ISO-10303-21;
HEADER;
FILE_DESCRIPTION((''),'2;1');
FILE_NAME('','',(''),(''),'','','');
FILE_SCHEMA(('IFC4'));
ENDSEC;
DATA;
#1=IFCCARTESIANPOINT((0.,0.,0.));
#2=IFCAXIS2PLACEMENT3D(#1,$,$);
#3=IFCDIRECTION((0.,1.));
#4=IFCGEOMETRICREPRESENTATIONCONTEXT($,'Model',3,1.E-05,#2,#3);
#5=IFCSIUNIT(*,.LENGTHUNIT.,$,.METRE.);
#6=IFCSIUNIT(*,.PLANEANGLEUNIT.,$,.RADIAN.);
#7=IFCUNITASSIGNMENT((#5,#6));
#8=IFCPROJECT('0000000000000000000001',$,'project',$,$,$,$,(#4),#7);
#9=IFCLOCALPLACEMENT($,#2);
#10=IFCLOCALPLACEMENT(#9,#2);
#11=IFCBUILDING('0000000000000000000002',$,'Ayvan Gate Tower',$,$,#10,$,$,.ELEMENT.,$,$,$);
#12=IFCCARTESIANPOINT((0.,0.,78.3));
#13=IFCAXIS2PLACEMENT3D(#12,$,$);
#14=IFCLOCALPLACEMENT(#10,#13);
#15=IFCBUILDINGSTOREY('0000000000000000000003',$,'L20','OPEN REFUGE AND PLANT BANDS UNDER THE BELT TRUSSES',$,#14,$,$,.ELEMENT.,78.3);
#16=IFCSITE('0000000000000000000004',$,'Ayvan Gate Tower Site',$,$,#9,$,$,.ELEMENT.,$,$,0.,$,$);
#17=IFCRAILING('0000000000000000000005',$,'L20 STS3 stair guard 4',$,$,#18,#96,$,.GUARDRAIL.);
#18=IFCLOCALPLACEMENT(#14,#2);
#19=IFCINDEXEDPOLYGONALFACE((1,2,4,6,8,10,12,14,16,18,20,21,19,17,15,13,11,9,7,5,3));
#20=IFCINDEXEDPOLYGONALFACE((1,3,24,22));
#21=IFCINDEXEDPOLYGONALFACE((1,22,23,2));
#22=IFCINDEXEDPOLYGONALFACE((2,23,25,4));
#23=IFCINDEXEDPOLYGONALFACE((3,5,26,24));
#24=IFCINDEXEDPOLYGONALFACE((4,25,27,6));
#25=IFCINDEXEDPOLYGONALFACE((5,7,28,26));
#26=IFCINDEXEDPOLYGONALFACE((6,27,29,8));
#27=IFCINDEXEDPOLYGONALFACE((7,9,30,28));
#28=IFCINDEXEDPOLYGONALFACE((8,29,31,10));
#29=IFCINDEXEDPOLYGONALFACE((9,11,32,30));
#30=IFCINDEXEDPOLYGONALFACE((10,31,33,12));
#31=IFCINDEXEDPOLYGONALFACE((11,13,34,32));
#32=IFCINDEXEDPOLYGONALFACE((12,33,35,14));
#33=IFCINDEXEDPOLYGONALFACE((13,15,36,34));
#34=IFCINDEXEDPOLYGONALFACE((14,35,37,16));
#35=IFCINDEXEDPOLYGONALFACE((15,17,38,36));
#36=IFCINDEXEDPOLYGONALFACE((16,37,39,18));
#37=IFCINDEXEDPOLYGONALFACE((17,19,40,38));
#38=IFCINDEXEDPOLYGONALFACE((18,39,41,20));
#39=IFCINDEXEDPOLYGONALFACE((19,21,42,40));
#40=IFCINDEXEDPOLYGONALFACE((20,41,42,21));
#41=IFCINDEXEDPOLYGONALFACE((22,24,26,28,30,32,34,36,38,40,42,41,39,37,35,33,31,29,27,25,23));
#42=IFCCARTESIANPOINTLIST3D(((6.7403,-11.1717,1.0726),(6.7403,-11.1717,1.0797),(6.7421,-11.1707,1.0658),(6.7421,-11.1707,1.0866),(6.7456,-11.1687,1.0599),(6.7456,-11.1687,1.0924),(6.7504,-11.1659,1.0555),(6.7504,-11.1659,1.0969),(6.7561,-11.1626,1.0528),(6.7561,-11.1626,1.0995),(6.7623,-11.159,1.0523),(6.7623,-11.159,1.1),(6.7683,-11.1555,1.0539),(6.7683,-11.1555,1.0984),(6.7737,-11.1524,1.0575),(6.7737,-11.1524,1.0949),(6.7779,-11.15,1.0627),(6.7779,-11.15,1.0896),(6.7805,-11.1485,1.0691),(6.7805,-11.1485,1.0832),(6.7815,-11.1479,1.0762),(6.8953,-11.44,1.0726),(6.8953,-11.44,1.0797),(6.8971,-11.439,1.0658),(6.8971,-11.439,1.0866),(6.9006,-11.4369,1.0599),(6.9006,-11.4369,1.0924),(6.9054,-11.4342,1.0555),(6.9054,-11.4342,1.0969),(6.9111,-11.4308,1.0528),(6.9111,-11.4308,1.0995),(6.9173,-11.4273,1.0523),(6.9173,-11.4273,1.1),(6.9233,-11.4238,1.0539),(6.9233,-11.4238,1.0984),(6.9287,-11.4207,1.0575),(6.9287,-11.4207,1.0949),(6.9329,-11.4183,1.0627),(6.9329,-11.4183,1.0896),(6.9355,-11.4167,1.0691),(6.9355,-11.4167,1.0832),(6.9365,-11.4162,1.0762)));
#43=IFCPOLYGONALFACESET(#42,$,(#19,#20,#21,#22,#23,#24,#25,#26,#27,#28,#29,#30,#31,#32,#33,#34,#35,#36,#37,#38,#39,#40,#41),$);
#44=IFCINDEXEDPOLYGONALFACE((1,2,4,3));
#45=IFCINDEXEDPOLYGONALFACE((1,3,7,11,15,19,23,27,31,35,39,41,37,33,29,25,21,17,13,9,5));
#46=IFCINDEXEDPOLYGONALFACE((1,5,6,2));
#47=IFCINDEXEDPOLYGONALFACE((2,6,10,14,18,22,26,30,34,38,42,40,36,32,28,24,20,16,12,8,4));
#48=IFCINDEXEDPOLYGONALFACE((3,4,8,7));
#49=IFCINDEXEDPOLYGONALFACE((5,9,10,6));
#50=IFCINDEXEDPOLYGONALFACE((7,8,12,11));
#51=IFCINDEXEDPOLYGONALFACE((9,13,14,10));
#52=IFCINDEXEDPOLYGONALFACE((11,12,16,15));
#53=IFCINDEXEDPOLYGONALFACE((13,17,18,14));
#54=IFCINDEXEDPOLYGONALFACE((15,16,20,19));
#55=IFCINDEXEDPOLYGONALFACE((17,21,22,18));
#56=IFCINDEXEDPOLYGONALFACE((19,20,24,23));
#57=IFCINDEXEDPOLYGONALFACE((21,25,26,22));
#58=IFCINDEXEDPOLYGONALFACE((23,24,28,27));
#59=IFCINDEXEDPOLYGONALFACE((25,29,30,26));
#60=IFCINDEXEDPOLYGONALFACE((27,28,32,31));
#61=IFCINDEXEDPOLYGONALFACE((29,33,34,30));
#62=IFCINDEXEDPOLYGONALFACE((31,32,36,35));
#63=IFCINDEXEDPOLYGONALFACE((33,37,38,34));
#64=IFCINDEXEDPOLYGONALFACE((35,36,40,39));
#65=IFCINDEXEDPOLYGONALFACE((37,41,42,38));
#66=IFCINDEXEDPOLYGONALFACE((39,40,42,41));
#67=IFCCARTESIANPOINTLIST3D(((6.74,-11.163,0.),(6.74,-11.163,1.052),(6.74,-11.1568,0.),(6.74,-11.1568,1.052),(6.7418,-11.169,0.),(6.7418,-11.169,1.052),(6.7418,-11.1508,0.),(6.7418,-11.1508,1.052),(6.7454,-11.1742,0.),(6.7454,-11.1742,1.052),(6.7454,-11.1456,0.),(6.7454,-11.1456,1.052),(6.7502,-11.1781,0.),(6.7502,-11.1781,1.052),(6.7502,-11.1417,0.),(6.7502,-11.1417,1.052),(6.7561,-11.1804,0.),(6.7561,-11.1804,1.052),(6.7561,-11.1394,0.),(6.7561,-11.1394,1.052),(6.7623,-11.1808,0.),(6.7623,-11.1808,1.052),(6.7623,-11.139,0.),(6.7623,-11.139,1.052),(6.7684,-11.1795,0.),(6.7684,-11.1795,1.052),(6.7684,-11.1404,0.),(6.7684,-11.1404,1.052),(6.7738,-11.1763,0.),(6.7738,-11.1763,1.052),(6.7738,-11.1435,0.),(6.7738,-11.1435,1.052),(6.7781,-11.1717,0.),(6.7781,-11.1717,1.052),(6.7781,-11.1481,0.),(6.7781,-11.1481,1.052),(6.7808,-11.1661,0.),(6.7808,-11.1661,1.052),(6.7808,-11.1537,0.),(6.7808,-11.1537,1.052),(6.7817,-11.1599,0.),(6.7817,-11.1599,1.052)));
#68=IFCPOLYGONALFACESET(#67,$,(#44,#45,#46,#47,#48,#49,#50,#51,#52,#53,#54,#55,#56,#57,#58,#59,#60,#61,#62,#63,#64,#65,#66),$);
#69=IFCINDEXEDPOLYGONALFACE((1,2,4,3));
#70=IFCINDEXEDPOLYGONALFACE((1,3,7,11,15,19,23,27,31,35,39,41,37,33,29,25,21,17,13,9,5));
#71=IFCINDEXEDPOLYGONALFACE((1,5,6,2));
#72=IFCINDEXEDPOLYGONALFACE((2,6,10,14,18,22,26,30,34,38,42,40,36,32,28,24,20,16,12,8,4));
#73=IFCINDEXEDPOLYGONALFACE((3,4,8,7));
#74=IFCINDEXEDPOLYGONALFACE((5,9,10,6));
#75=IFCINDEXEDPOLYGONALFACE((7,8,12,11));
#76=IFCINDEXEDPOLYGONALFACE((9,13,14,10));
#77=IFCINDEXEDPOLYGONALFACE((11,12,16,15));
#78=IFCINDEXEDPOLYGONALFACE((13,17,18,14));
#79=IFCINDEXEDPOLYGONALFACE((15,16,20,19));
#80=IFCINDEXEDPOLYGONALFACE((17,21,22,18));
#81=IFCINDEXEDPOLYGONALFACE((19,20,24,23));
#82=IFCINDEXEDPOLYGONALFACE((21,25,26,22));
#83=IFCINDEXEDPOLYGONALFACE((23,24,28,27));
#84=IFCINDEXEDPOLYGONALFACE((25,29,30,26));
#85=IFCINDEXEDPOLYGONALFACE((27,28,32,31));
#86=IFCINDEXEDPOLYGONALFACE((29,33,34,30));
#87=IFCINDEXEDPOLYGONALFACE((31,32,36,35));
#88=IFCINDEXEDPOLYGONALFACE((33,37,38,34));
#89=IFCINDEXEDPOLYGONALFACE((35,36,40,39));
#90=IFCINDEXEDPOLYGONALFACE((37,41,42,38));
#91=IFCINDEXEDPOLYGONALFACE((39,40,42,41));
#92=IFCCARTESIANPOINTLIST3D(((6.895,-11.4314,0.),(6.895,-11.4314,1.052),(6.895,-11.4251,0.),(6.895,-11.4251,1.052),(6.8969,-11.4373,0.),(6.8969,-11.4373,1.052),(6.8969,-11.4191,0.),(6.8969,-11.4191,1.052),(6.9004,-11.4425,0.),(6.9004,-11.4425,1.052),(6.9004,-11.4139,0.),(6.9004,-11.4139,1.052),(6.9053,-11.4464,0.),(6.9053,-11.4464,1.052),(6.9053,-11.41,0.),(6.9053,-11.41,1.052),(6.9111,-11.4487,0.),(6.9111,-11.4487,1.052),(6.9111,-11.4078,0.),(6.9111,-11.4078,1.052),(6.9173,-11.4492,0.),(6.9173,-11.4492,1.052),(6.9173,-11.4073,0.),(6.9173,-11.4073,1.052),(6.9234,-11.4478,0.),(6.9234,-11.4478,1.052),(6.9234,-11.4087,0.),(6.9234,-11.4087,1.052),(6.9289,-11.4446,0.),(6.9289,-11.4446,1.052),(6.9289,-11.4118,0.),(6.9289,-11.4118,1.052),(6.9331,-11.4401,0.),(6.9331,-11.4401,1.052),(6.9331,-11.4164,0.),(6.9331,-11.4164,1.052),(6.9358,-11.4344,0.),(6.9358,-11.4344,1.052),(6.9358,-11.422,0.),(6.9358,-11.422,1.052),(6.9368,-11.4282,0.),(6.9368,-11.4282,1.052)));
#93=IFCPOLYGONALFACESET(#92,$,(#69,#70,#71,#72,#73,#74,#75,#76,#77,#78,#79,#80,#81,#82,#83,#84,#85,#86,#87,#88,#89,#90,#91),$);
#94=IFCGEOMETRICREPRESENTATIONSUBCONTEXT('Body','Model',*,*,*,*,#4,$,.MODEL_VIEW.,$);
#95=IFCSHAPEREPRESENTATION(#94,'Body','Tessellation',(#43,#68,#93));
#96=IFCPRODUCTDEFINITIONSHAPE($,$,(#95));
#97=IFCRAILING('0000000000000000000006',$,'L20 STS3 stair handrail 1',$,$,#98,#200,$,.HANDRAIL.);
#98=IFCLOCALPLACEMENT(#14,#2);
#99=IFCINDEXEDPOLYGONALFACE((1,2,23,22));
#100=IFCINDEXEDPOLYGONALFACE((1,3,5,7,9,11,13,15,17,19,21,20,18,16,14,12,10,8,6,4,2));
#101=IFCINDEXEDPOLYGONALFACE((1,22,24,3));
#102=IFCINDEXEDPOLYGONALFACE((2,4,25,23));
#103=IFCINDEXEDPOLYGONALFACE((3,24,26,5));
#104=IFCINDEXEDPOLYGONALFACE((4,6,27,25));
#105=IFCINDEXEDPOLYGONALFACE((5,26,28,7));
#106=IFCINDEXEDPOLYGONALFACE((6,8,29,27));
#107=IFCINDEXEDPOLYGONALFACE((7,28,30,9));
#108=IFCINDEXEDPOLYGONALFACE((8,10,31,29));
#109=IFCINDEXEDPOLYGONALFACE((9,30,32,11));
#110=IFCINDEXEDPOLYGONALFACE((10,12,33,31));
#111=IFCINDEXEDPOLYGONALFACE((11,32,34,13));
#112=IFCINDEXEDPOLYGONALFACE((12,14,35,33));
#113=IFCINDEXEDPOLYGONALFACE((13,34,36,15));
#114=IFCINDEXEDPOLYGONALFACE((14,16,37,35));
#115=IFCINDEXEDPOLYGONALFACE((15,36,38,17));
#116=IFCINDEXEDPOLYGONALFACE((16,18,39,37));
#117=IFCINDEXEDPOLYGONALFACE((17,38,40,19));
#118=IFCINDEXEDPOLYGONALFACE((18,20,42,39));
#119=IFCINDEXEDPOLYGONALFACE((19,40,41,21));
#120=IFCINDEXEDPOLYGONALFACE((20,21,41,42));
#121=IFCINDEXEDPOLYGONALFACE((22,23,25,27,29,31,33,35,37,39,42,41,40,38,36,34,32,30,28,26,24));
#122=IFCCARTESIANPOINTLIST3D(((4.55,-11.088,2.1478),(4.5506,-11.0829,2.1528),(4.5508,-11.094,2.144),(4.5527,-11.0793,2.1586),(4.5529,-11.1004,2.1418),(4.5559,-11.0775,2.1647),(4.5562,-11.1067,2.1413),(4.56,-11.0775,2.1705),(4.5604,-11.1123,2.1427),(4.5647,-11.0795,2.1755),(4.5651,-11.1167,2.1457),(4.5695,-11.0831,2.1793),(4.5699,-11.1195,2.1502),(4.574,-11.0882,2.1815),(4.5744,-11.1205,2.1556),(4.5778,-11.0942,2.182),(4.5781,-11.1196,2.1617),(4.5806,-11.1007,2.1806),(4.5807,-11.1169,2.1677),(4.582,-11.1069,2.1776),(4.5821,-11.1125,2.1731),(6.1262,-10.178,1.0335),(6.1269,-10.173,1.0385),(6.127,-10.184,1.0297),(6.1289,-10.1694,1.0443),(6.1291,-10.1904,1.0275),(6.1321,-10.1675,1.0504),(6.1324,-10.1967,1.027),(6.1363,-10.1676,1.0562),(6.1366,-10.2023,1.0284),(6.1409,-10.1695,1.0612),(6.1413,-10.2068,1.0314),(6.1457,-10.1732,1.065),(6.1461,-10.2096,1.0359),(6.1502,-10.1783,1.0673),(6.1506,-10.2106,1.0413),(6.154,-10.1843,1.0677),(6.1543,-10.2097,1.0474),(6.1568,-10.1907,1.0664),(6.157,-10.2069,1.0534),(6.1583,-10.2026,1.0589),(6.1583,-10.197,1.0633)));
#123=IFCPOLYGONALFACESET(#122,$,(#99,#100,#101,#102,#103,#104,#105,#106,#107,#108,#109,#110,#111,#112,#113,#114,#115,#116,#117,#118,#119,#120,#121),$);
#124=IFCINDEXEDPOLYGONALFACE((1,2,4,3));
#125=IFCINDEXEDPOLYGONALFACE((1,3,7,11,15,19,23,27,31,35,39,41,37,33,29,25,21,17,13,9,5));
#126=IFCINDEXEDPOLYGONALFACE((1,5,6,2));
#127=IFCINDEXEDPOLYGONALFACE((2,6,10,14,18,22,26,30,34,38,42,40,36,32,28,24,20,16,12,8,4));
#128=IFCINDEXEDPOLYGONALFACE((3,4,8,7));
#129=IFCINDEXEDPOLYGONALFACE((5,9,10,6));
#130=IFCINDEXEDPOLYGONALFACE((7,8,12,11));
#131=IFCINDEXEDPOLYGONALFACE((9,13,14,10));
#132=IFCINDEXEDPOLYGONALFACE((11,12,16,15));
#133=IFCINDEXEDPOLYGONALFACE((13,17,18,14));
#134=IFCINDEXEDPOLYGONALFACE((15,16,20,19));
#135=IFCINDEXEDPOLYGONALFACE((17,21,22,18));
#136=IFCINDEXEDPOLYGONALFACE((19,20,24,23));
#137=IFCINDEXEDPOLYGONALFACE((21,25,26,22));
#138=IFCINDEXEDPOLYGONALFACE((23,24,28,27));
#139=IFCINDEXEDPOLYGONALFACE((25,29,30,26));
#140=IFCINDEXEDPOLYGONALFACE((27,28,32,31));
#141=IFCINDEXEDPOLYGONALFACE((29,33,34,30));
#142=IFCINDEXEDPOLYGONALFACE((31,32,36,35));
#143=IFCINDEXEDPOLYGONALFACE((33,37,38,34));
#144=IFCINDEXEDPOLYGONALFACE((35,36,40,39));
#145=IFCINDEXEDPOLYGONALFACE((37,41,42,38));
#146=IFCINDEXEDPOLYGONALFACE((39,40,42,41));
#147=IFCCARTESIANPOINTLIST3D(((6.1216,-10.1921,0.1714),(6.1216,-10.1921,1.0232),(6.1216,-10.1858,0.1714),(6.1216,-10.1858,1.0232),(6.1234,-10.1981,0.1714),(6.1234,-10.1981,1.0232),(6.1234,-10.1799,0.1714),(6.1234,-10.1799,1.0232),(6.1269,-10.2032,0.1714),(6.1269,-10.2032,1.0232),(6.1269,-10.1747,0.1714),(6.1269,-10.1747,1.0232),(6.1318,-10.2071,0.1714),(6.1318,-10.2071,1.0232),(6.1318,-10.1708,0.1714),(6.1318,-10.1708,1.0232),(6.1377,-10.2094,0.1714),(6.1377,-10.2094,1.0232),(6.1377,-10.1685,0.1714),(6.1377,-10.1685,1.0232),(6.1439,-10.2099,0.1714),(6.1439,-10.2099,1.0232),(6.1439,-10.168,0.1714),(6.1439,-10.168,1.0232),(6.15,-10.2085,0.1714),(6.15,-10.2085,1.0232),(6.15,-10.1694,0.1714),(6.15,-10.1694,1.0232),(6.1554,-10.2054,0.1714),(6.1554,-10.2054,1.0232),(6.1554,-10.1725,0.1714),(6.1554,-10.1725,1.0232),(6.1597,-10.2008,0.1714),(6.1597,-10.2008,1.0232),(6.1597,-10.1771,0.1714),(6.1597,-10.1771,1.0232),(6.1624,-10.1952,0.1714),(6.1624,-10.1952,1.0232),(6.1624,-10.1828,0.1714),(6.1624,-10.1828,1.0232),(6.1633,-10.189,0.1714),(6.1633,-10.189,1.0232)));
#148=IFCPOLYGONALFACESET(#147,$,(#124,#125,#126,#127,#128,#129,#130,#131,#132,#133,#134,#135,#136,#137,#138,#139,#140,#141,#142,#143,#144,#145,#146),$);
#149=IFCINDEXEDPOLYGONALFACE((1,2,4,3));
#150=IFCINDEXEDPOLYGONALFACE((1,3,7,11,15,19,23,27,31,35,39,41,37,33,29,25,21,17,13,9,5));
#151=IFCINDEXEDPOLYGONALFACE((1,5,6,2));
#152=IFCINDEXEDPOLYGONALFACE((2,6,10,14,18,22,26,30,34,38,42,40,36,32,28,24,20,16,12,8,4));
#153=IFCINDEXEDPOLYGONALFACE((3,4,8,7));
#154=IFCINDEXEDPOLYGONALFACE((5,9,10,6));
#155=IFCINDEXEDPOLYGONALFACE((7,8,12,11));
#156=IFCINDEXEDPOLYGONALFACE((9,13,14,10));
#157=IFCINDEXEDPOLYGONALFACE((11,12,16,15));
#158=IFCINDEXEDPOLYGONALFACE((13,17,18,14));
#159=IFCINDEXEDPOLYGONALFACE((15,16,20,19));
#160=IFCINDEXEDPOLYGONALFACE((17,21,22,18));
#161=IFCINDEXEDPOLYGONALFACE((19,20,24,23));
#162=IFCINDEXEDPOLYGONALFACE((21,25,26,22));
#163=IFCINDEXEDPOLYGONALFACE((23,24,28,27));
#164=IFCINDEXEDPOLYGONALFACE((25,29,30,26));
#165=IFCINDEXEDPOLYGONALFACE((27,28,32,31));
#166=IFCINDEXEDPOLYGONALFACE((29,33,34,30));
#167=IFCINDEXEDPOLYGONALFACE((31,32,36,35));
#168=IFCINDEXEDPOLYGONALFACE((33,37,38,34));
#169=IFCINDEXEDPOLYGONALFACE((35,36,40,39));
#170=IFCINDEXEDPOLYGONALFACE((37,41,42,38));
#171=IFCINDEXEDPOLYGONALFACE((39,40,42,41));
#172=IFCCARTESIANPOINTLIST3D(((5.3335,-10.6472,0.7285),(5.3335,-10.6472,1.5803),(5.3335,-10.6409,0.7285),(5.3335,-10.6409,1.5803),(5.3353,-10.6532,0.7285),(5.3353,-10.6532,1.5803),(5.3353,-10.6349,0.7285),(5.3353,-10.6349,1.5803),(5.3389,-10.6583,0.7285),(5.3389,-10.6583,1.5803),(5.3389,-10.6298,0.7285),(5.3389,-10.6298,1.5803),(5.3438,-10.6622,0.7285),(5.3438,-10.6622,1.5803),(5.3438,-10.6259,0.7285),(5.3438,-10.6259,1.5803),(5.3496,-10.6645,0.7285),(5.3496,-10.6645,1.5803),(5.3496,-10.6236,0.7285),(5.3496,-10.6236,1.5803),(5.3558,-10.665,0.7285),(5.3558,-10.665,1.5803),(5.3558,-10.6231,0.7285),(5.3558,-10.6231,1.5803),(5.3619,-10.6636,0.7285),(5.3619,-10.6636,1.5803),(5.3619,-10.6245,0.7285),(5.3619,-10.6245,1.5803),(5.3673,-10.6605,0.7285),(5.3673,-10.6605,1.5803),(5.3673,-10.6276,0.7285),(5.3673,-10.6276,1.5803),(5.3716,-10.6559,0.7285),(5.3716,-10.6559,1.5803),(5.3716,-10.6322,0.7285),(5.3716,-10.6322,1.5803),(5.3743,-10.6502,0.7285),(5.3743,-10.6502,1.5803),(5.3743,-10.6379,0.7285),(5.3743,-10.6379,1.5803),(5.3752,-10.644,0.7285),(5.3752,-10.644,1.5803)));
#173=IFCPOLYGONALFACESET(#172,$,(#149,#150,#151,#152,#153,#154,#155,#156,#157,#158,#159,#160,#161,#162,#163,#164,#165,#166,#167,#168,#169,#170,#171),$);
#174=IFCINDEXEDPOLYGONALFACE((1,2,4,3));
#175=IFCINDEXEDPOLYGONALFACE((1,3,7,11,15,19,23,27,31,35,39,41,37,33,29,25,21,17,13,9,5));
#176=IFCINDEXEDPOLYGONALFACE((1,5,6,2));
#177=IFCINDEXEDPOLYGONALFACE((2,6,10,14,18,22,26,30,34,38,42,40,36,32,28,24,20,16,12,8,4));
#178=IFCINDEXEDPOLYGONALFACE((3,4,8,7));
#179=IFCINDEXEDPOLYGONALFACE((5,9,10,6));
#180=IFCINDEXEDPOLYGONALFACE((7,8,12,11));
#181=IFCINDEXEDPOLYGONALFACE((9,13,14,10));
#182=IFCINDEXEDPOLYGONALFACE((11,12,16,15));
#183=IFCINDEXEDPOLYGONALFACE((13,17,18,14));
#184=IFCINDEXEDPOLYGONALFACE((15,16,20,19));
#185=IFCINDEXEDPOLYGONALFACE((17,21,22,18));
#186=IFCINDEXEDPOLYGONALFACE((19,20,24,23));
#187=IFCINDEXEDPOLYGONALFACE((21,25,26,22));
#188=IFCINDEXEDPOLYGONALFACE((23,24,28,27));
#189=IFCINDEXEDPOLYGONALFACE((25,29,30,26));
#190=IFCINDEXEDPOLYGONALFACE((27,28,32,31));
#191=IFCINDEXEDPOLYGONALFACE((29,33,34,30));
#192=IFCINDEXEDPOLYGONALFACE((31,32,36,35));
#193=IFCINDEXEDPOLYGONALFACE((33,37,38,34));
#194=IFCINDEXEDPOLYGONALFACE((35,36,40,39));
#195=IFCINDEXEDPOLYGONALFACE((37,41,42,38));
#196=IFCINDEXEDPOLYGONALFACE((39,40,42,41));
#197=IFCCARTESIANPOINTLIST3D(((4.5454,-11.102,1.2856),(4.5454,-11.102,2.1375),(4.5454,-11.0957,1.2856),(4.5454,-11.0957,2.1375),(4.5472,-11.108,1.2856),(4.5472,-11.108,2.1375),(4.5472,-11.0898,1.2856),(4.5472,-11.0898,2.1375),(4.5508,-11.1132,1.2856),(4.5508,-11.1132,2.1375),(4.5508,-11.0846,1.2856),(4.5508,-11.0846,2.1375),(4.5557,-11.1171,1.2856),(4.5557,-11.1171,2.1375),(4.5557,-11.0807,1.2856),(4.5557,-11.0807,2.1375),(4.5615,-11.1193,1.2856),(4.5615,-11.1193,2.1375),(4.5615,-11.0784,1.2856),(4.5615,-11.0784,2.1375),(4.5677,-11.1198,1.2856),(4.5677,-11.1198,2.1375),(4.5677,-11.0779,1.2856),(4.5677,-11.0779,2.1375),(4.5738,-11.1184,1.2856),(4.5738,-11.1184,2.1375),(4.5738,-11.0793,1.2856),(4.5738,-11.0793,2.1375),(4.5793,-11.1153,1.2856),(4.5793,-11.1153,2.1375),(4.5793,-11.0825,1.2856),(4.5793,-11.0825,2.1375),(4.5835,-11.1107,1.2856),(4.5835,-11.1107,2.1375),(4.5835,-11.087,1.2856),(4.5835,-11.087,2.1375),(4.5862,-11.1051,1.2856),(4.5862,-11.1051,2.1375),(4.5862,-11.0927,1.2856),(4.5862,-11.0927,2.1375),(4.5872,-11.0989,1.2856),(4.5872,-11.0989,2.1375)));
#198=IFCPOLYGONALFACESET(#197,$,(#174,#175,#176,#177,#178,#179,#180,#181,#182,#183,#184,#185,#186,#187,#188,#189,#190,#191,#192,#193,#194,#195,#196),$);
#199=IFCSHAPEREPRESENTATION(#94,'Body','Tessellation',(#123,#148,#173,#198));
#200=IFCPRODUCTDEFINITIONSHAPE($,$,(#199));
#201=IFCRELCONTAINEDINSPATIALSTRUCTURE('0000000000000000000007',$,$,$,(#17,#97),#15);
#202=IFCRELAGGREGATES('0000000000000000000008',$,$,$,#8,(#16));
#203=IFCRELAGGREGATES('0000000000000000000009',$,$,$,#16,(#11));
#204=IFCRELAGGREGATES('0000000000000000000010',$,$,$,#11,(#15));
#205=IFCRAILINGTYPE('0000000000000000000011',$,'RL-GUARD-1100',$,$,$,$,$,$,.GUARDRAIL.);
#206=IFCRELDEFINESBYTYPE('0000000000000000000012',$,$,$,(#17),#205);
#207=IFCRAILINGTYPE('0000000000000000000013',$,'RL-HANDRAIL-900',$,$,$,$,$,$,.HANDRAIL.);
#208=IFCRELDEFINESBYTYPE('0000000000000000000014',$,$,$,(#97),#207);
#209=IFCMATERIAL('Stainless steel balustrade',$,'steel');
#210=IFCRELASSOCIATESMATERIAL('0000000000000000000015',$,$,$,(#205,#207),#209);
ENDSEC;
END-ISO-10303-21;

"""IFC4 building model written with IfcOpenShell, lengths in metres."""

from ifc_helpers import new_model, si_unit, direction, frame, origin, origin_2d, place, context, subcontext, project, spatial, circle, extrude, material, type_object, element, save


model = new_model("IFC4")

# Units and contexts
model_context = context("Model", 3, precision=1e-05, world=origin(), true_north=direction((0.0, 1.0)))
body_context = subcontext(model_context, "Body", "Model", "MODEL_VIEW")
ifc_project = project(units=[si_unit("LENGTHUNIT", "METRE"), si_unit("PLANEANGLEUNIT", "RADIAN")], contexts=[model_context])

# Site, building, storey
site_placement = place(None, origin())
site = spatial("IfcSite", under=ifc_project, at=site_placement, Name="Ayvan Gate Tower Site", CompositionType="ELEMENT", RefElevation=0.0)
building_placement = place(site_placement, origin())
building = spatial("IfcBuilding", under=site, at=building_placement, Name="Ayvan Gate Tower", CompositionType="ELEMENT")
storey_placement = place(building_placement, frame((0.0, 0.0, 78.3)))
storey = spatial("IfcBuildingStorey", under=building, at=storey_placement, Name="L20", Description="OPEN REFUGE AND PLANT BANDS UNDER THE BELT TRUSSES", CompositionType="ELEMENT", Elevation=78.3)

# Railings
ifc_material_1 = material(Name="Stainless steel balustrade", Category="steel")
railing_type_1 = type_object("IfcRailingType", Name="RL-GUARD-1100", PredefinedType="GUARDRAIL", material=ifc_material_1)
railing_1_placement = place(storey_placement, frame((6.7607, -11.1599, 0.0)))
element("IfcRailing", 1, at=railing_1_placement, inside=storey, type_object=railing_type_1, Name="L20 STS3 stair guard 4", PredefinedType="GUARDRAIL", context=body_context, shape_type="SweptSolid", body=[
    extrude(circle(Radius=0.0239, at=origin_2d()), frame((0.0, 0.0, 1.0762), z_axis=(0.500291, -0.865857, 0.0), x_axis=(0.865857, 0.500291, 0.0)), (0.0, 0.0, 1.0), 0.3098),
    extrude(circle(Radius=0.021, at=origin_2d()), origin(), (0.0, 0.0, 1.0), 1.052),
    extrude(circle(Radius=0.021, at=origin_2d()), frame((0.155, -0.2683, 0.0)), (0.0, 0.0, 1.0), 1.052),
])
railing_type_2 = type_object("IfcRailingType", Name="RL-HANDRAIL-900", PredefinedType="HANDRAIL", material=ifc_material_1)
for number, where, name in (
    (2, (6.1423, -10.189, 0.1714), "L20 STS3 stair handrail 1"),
):
    element("IfcRailing", number, at=place(storey_placement, frame(where)), inside=storey, type_object=railing_type_2, Name=name, PredefinedType="HANDRAIL", context=body_context, shape_type="SweptSolid", body=[
        extrude(circle(Radius=0.0239, at=origin_2d()), frame((0.0, 0.0, 0.876), z_axis=(-0.73861, -0.426394, 0.522153), x_axis=(0.499962, -0.866047, 0.0)), (0.0, 0.0, 1.0), 2.134),
        extrude(circle(Radius=0.021, at=origin_2d()), origin(), (0.0, 0.0, 1.0), 0.8518),
        extrude(circle(Radius=0.021, at=origin_2d()), frame((-0.7881, -0.4551, 0.5571)), (0.0, 0.0, 1.0), 0.8518),
        extrude(circle(Radius=0.021, at=origin_2d()), frame((-1.5762, -0.9099, 1.1143)), (0.0, 0.0, 1.0), 0.8518),
    ])

save(model, "model.ifc")
